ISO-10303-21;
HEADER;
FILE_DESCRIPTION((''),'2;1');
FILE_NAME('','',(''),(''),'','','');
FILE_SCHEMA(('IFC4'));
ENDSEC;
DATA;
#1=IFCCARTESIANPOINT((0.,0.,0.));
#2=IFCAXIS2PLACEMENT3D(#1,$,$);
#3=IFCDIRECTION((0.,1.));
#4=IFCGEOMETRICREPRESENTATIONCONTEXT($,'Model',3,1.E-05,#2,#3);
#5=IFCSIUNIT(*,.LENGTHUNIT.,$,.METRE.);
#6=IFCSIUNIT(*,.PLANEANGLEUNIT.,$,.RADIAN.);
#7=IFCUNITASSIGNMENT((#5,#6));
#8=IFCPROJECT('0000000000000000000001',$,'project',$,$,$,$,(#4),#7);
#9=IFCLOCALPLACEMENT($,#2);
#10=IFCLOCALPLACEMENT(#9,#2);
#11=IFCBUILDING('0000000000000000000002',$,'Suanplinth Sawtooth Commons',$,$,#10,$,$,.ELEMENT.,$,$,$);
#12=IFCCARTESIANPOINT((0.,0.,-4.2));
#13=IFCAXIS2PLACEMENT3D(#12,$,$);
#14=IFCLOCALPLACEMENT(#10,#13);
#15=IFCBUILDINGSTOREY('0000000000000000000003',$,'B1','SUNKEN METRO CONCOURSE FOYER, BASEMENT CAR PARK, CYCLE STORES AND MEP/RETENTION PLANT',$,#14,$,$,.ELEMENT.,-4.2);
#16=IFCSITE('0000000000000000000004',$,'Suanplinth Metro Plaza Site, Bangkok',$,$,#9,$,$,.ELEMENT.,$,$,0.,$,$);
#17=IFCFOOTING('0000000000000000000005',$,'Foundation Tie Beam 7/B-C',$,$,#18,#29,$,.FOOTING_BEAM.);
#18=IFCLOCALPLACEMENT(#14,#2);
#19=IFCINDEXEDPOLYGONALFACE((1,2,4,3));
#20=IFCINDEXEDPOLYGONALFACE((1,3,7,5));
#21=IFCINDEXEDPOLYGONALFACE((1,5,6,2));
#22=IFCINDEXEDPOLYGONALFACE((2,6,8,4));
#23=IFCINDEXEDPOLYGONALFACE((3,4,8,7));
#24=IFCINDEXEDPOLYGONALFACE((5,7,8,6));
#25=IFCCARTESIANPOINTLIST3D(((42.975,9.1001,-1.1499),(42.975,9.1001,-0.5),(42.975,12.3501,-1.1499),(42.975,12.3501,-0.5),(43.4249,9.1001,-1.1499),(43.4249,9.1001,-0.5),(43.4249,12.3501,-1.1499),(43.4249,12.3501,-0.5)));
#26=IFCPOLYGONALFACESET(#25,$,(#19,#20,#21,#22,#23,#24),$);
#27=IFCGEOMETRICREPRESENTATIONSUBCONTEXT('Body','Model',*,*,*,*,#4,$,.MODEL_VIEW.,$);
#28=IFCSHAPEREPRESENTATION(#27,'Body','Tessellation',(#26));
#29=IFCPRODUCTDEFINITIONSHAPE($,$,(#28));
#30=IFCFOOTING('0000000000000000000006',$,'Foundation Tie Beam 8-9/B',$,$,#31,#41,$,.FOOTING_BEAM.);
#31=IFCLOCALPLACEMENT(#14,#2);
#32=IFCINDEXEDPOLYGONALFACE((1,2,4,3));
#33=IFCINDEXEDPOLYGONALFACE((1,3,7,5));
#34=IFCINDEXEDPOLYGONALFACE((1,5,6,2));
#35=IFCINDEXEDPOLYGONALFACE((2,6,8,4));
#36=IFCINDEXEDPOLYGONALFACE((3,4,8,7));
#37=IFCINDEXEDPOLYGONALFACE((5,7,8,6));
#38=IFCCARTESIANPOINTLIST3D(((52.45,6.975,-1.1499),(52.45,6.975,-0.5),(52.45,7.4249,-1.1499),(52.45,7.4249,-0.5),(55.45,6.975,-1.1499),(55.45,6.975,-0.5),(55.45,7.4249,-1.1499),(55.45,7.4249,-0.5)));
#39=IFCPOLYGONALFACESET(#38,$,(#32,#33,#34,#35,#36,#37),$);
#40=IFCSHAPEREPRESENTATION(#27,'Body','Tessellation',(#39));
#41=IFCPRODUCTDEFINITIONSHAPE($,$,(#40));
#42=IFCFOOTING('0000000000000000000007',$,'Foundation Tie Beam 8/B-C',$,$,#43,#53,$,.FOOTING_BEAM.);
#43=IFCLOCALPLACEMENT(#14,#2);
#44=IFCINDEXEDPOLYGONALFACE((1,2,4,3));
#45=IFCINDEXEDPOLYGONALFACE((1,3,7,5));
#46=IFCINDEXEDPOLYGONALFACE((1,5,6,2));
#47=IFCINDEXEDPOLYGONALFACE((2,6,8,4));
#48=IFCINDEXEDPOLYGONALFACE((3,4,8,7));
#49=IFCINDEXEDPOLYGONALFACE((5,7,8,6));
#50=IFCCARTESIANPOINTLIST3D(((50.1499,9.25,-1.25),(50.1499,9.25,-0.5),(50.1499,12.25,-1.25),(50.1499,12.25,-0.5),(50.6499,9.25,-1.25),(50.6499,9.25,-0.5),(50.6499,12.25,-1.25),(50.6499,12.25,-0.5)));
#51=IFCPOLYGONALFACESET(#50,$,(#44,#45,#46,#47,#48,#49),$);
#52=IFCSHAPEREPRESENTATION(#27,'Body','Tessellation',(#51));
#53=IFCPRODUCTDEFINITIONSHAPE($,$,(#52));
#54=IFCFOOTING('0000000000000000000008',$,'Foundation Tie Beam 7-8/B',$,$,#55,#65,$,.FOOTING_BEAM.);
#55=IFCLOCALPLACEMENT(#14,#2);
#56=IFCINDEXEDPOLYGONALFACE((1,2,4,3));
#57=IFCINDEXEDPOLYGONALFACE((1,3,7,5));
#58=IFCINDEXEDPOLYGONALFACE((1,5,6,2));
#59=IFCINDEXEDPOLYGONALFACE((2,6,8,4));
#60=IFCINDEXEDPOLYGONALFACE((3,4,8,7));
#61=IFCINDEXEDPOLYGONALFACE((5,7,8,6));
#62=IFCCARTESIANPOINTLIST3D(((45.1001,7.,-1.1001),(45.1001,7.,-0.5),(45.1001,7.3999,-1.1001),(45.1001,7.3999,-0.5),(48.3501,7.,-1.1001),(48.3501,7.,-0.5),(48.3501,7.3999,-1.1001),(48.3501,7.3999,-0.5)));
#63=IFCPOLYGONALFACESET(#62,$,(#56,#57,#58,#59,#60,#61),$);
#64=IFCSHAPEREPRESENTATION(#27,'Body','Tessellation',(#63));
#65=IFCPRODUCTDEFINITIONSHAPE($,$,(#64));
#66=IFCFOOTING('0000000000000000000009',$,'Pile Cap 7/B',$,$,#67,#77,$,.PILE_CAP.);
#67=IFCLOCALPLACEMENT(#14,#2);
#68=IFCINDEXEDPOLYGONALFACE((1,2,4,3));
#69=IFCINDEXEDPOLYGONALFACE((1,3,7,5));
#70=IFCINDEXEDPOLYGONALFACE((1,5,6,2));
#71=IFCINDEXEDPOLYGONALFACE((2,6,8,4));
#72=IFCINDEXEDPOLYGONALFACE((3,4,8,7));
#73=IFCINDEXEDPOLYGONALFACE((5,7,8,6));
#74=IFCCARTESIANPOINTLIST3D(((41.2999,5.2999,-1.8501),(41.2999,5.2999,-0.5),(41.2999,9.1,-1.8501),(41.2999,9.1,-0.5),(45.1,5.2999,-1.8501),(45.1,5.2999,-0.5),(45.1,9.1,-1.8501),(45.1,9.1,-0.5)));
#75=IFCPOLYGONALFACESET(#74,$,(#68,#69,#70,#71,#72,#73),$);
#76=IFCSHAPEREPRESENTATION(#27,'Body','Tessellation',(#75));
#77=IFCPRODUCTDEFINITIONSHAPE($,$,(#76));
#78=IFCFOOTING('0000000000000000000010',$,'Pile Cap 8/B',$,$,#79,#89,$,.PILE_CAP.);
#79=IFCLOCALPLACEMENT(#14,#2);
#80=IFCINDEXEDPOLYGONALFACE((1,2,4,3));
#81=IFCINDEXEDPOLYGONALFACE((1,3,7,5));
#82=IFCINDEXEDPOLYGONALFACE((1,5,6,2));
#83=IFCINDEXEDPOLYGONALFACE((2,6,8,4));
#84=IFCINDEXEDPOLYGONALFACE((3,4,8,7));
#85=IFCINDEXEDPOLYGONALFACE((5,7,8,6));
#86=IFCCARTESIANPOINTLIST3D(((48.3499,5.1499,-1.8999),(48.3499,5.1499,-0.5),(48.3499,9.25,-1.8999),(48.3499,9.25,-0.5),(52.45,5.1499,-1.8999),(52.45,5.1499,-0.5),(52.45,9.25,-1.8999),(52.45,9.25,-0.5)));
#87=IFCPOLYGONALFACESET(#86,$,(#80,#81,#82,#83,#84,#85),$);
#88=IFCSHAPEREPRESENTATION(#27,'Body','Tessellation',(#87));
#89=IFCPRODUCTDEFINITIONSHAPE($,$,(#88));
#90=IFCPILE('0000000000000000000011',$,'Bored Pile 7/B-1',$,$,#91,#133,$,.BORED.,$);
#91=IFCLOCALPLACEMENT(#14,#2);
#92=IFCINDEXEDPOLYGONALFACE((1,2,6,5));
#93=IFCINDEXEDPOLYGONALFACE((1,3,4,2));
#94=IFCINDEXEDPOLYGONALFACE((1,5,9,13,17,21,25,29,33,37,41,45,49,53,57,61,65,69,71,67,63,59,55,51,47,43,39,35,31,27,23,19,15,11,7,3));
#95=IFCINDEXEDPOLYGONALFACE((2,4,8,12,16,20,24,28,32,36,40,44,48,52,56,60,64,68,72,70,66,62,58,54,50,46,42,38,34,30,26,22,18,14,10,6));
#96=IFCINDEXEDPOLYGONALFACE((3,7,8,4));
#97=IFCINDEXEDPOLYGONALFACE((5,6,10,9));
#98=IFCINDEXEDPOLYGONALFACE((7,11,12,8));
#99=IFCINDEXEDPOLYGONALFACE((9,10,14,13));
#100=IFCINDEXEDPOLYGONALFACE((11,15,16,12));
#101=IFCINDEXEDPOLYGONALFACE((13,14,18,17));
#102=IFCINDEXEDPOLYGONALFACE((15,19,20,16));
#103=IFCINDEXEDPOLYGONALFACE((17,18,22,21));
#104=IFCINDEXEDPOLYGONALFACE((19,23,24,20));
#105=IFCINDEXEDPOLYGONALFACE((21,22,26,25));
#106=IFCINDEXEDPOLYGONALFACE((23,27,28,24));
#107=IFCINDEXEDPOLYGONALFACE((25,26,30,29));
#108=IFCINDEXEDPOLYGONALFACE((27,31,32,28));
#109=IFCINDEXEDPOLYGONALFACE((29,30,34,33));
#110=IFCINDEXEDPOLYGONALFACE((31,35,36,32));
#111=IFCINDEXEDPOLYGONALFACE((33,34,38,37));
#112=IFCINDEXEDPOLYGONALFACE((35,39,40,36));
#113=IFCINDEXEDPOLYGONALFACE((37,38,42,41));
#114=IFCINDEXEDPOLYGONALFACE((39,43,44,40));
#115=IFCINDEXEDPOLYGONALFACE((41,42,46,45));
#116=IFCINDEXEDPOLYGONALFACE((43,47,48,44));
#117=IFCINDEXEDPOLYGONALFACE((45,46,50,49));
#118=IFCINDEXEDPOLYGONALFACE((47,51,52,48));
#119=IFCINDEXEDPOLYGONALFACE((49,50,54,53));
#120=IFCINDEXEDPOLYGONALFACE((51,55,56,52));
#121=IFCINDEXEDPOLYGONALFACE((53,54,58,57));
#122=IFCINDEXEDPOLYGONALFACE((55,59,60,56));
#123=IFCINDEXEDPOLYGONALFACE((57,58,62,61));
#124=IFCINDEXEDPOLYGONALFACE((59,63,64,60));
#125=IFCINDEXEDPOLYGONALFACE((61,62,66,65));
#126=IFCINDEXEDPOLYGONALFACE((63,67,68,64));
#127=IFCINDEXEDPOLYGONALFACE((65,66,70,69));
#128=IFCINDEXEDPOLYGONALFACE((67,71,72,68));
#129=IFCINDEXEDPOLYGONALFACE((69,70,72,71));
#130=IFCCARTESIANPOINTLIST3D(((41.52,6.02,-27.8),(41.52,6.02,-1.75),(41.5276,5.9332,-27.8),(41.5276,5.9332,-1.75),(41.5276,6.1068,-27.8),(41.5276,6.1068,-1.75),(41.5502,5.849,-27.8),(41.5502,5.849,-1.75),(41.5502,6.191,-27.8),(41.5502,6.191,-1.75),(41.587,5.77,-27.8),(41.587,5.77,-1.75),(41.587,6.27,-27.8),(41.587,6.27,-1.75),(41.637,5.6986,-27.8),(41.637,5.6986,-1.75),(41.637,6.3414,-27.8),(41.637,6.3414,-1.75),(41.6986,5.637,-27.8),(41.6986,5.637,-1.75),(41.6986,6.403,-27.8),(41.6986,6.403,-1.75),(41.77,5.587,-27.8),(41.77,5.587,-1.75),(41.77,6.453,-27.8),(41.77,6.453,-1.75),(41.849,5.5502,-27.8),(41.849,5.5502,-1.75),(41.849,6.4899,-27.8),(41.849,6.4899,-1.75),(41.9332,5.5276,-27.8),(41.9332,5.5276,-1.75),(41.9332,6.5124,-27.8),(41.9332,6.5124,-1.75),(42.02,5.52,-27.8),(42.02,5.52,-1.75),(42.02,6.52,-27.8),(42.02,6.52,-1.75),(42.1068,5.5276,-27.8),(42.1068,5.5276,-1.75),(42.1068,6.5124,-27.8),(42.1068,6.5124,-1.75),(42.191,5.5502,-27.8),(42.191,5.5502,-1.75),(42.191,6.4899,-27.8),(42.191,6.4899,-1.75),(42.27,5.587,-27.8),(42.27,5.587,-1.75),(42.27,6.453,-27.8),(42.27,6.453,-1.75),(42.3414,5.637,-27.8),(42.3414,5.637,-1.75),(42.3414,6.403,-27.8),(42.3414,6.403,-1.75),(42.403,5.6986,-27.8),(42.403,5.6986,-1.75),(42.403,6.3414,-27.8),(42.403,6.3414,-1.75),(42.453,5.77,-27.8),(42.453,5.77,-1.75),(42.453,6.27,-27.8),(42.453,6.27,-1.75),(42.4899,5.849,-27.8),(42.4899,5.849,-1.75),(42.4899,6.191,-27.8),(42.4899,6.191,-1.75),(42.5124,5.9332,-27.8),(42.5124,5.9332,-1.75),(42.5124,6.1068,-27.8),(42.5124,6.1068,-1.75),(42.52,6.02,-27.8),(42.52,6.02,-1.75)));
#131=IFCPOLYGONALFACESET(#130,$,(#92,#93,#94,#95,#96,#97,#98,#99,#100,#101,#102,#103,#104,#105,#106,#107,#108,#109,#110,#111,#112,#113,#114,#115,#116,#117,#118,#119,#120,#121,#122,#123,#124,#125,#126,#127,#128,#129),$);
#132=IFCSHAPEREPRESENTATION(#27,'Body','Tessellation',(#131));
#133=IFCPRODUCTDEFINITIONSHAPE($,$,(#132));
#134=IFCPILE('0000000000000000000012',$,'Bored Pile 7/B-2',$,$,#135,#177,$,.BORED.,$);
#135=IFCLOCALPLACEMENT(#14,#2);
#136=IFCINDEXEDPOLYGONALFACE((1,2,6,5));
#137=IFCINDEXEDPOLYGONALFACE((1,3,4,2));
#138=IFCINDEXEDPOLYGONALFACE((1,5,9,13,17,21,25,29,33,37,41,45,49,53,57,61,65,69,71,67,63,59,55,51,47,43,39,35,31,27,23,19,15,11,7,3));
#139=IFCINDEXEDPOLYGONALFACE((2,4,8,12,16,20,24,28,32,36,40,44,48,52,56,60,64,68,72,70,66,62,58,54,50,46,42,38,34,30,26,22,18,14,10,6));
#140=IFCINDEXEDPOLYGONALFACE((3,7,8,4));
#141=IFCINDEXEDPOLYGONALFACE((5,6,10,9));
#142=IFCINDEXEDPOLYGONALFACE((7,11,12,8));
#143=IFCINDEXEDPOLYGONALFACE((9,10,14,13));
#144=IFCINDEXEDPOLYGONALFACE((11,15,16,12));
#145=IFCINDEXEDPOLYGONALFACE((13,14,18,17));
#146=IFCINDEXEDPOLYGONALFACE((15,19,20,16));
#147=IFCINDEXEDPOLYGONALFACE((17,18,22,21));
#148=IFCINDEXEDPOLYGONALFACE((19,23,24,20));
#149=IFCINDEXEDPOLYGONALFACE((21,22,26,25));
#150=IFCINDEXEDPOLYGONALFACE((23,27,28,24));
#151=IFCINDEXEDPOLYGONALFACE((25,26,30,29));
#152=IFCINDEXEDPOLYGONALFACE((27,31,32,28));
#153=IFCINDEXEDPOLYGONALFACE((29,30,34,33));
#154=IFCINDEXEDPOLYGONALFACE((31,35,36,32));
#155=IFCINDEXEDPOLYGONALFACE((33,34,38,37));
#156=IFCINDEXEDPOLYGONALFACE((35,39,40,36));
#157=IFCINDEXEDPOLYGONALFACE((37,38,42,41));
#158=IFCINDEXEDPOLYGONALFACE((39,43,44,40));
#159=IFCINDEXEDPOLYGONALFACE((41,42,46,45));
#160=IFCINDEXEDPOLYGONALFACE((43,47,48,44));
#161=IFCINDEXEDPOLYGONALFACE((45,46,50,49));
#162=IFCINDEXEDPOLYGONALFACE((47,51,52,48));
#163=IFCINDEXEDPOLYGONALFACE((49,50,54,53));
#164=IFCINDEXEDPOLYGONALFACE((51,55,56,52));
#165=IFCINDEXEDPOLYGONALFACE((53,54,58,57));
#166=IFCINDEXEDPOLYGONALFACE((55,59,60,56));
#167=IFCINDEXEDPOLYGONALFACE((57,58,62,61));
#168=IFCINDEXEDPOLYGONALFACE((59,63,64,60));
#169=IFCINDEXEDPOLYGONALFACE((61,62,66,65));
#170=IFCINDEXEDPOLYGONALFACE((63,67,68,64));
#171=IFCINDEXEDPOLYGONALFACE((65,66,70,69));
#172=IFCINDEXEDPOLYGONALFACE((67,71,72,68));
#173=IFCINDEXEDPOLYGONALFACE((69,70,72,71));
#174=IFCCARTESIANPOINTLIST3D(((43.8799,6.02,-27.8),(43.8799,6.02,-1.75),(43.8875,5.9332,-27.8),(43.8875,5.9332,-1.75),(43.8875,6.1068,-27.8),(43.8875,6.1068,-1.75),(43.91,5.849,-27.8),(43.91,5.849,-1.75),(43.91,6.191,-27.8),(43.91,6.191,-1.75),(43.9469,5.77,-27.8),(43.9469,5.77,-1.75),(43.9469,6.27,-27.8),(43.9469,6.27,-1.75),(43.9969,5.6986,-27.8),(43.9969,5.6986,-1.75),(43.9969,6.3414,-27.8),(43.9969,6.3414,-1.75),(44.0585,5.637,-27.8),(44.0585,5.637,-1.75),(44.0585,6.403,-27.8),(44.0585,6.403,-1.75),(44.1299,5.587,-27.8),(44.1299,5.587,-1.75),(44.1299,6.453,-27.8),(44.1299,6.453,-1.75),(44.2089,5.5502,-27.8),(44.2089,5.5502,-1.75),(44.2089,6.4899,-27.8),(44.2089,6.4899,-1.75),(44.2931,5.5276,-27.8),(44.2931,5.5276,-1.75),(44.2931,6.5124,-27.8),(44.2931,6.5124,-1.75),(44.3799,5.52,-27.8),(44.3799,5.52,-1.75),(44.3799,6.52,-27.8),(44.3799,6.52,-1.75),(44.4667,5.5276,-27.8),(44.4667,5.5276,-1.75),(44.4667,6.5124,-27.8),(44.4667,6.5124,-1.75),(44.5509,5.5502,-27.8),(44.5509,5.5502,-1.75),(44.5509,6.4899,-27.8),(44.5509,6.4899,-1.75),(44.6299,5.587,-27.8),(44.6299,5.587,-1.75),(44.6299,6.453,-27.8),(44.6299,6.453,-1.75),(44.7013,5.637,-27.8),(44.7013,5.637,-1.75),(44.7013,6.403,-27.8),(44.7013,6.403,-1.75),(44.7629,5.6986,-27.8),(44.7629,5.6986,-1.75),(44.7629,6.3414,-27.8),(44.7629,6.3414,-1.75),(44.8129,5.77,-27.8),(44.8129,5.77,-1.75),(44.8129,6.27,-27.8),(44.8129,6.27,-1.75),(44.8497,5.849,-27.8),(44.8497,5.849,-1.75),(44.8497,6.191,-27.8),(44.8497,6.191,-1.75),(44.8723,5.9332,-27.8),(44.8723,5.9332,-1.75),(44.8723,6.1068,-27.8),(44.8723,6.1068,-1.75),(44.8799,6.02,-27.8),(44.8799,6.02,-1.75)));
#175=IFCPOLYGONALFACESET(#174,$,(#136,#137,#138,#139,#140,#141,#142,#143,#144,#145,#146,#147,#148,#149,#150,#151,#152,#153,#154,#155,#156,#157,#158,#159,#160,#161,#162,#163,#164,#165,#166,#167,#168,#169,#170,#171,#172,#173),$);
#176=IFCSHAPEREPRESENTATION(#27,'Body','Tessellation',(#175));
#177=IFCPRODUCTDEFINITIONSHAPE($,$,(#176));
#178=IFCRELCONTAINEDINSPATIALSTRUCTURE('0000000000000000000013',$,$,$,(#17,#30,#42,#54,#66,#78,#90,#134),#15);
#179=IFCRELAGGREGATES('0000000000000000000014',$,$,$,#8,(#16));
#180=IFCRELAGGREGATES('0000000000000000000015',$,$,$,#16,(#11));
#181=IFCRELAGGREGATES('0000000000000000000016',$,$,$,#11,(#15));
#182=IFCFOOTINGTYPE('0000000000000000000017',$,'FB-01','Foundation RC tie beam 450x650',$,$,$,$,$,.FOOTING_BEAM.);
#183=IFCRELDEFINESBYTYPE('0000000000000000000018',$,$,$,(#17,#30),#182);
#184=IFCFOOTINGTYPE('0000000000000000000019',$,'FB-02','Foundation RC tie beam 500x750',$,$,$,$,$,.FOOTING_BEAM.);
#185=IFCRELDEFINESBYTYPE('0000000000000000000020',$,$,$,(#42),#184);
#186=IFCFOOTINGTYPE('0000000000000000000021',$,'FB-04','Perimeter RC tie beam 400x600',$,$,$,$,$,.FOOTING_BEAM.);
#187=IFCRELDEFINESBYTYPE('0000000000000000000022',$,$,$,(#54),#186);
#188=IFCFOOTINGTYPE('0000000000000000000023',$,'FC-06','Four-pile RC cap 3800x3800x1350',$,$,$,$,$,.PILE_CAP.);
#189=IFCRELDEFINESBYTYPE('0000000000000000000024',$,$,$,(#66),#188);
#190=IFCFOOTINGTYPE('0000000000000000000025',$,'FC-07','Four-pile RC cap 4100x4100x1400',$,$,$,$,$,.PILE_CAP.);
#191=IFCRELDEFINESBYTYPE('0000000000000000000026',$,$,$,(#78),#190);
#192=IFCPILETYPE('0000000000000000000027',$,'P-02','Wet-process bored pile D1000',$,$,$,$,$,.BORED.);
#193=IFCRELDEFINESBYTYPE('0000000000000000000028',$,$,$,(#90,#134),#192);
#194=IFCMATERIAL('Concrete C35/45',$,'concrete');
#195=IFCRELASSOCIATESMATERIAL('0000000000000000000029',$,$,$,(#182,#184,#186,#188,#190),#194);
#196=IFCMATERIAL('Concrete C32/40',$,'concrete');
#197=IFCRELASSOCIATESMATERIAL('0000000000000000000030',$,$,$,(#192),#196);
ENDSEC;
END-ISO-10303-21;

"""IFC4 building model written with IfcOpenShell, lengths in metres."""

from ifc_helpers import new_model, si_unit, direction, frame, origin, origin_2d, place, context, subcontext, project, spatial, rectangle, circle, extrude, material, material_profile, profile_set, type_object, element, save


model = new_model("IFC4")

# Units and contexts
model_context = context("Model", 3, precision=1e-05, world=origin(), true_north=direction((0.0, 1.0)))
body_context = subcontext(model_context, "Body", "Model", "MODEL_VIEW")
ifc_project = project(units=[si_unit("LENGTHUNIT", "METRE"), si_unit("PLANEANGLEUNIT", "RADIAN")], contexts=[model_context])

# Site, building, storey
site_placement = place(None, origin())
site = spatial("IfcSite", under=ifc_project, at=site_placement, Name="Suanplinth Metro Plaza Site, Bangkok", CompositionType="ELEMENT", RefElevation=0.0)
building_placement = place(site_placement, origin())
building = spatial("IfcBuilding", under=site, at=building_placement, Name="Suanplinth Sawtooth Commons", CompositionType="ELEMENT")
storey_placement = place(building_placement, frame((0.0, 0.0, -4.2)))
storey = spatial("IfcBuildingStorey", under=building, at=storey_placement, Name="B1", Description="SUNKEN METRO CONCOURSE FOYER, BASEMENT CAR PARK, CYCLE STORES AND MEP/RETENTION PLANT", CompositionType="ELEMENT", Elevation=-4.2)

# Footings
ifc_material_1 = material(Name="Concrete C35/45", Category="concrete")
ifc_material_profile_1 = material_profile(ifc_material_1, rectangle(XDim=0.45, YDim=0.6499, at=origin_2d()), Name="PC-GDR 450x650")
ifc_profile_set_1 = profile_set([ifc_material_profile_1], Name="Concrete C35/45")
footing_type_1 = type_object("IfcFootingType", Name="FB-01", Description="Foundation RC tie beam 450x650", PredefinedType="FOOTING_BEAM", material=ifc_profile_set_1)
footing_1_placement = place(storey_placement, frame((43.2, 9.1001, -0.825), z_axis=(0.0, 1.0, 0.0), x_axis=(-1.0, 0.0, 0.0)))
element("IfcFooting", 1, at=footing_1_placement, inside=storey, type_object=footing_type_1, Name="Foundation Tie Beam 7/B-C", PredefinedType="FOOTING_BEAM", context=body_context, shape_type="SweptSolid", body=[
    extrude(rectangle(XDim=0.45, YDim=0.6499, at=origin_2d()), origin(), (0.0, 0.0, 1.0), 3.25),
])
footing_2_placement = place(storey_placement, frame((52.45, 7.2, -0.825), z_axis=(1.0, 0.0, 0.0), x_axis=(0.0, 1.0, 0.0)))
element("IfcFooting", 2, at=footing_2_placement, inside=storey, type_object=footing_type_1, Name="Foundation Tie Beam 8-9/B", PredefinedType="FOOTING_BEAM", context=body_context, shape_type="SweptSolid", body=[
    extrude(rectangle(XDim=0.45, YDim=0.6499, at=origin_2d()), origin(), (0.0, 0.0, 1.0), 3.0),
])
ifc_material_profile_2 = material_profile(ifc_material_1, rectangle(XDim=0.5, YDim=0.75, at=origin_2d()), Name="RC-GDR 500x750")
ifc_profile_set_2 = profile_set([ifc_material_profile_2], Name="Concrete C35/45")
footing_type_2 = type_object("IfcFootingType", Name="FB-02", Description="Foundation RC tie beam 500x750", PredefinedType="FOOTING_BEAM", material=ifc_profile_set_2)
footing_3_placement = place(storey_placement, frame((50.3999, 9.25, -0.875), z_axis=(0.0, 1.0, 0.0), x_axis=(-1.0, 0.0, 0.0)))
element("IfcFooting", 3, at=footing_3_placement, inside=storey, type_object=footing_type_2, Name="Foundation Tie Beam 8/B-C", PredefinedType="FOOTING_BEAM", context=body_context, shape_type="SweptSolid", body=[
    extrude(rectangle(XDim=0.5, YDim=0.75, at=origin_2d()), origin(), (0.0, 0.0, 1.0), 3.0),
])
ifc_material_profile_3 = material_profile(ifc_material_1, rectangle(XDim=0.3999, YDim=0.6001, at=origin_2d()), Name="PC-GDR 400x600")
ifc_profile_set_3 = profile_set([ifc_material_profile_3], Name="Concrete C35/45")
footing_type_3 = type_object("IfcFootingType", Name="FB-04", Description="Perimeter RC tie beam 400x600", PredefinedType="FOOTING_BEAM", material=ifc_profile_set_3)
footing_4_placement = place(storey_placement, frame((45.1001, 7.2, -0.8), z_axis=(1.0, 0.0, 0.0), x_axis=(0.0, 1.0, 0.0)))
element("IfcFooting", 4, at=footing_4_placement, inside=storey, type_object=footing_type_3, Name="Foundation Tie Beam 7-8/B", PredefinedType="FOOTING_BEAM", context=body_context, shape_type="SweptSolid", body=[
    extrude(rectangle(XDim=0.3999, YDim=0.6001, at=origin_2d()), origin(), (0.0, 0.0, 1.0), 3.25),
])
footing_type_4 = type_object("IfcFootingType", Name="FC-06", Description="Four-pile RC cap 3800x3800x1350", PredefinedType="PILE_CAP", material=ifc_material_1)
footing_5_placement = place(storey_placement, frame((43.2, 7.2, -1.8501), z_axis=(0.0, 0.0, 1.0), x_axis=(1.0, 0.0, 0.0)))
element("IfcFooting", 5, at=footing_5_placement, inside=storey, type_object=footing_type_4, Name="Pile Cap 7/B", PredefinedType="PILE_CAP", context=body_context, shape_type="SweptSolid", body=[
    extrude(rectangle(XDim=3.8, YDim=3.8, at=origin_2d()), origin(), (0.0, 0.0, 1.0), 1.3501),
])
footing_type_5 = type_object("IfcFootingType", Name="FC-07", Description="Four-pile RC cap 4100x4100x1400", PredefinedType="PILE_CAP", material=ifc_material_1)
footing_6_placement = place(storey_placement, frame((50.3999, 7.2, -1.8999), z_axis=(0.0, 0.0, 1.0), x_axis=(1.0, 0.0, 0.0)))
element("IfcFooting", 6, at=footing_6_placement, inside=storey, type_object=footing_type_5, Name="Pile Cap 8/B", PredefinedType="PILE_CAP", context=body_context, shape_type="SweptSolid", body=[
    extrude(rectangle(XDim=4.1001, YDim=4.1001, at=origin_2d()), origin(), (0.0, 0.0, 1.0), 1.3999),
])

# Piles
ifc_material_2 = material(Name="Concrete C32/40", Category="concrete")
ifc_material_profile_4 = material_profile(ifc_material_2, circle(Radius=0.5, at=origin_2d()), Name="PILE D1000")
ifc_profile_set_4 = profile_set([ifc_material_profile_4], Name="Concrete C32/40")
pile_type = type_object("IfcPileType", Name="P-02", Description="Wet-process bored pile D1000", PredefinedType="BORED", material=ifc_profile_set_4)
for number, where, z_axis, x_axis, name in (
    (7, (42.02, 6.02, -1.75), (0.0, 0.0, -1.0), (1.0, 0.0, 0.0), "Bored Pile 7/B-1"),
    (8, (44.3799, 6.02, -1.75), (0.0, 0.0, -1.0), (1.0, 0.0, 0.0), "Bored Pile 7/B-2"),
):
    element("IfcPile", number, at=place(storey_placement, frame(where, z_axis=z_axis, x_axis=x_axis)), inside=storey, type_object=pile_type, Name=name, PredefinedType="BORED", context=body_context, shape_type="SweptSolid", body=[
        extrude(circle(Radius=0.5, at=origin_2d()), origin(), (0.0, 0.0, 1.0), 26.05),
    ])

save(model, "model.ifc")
